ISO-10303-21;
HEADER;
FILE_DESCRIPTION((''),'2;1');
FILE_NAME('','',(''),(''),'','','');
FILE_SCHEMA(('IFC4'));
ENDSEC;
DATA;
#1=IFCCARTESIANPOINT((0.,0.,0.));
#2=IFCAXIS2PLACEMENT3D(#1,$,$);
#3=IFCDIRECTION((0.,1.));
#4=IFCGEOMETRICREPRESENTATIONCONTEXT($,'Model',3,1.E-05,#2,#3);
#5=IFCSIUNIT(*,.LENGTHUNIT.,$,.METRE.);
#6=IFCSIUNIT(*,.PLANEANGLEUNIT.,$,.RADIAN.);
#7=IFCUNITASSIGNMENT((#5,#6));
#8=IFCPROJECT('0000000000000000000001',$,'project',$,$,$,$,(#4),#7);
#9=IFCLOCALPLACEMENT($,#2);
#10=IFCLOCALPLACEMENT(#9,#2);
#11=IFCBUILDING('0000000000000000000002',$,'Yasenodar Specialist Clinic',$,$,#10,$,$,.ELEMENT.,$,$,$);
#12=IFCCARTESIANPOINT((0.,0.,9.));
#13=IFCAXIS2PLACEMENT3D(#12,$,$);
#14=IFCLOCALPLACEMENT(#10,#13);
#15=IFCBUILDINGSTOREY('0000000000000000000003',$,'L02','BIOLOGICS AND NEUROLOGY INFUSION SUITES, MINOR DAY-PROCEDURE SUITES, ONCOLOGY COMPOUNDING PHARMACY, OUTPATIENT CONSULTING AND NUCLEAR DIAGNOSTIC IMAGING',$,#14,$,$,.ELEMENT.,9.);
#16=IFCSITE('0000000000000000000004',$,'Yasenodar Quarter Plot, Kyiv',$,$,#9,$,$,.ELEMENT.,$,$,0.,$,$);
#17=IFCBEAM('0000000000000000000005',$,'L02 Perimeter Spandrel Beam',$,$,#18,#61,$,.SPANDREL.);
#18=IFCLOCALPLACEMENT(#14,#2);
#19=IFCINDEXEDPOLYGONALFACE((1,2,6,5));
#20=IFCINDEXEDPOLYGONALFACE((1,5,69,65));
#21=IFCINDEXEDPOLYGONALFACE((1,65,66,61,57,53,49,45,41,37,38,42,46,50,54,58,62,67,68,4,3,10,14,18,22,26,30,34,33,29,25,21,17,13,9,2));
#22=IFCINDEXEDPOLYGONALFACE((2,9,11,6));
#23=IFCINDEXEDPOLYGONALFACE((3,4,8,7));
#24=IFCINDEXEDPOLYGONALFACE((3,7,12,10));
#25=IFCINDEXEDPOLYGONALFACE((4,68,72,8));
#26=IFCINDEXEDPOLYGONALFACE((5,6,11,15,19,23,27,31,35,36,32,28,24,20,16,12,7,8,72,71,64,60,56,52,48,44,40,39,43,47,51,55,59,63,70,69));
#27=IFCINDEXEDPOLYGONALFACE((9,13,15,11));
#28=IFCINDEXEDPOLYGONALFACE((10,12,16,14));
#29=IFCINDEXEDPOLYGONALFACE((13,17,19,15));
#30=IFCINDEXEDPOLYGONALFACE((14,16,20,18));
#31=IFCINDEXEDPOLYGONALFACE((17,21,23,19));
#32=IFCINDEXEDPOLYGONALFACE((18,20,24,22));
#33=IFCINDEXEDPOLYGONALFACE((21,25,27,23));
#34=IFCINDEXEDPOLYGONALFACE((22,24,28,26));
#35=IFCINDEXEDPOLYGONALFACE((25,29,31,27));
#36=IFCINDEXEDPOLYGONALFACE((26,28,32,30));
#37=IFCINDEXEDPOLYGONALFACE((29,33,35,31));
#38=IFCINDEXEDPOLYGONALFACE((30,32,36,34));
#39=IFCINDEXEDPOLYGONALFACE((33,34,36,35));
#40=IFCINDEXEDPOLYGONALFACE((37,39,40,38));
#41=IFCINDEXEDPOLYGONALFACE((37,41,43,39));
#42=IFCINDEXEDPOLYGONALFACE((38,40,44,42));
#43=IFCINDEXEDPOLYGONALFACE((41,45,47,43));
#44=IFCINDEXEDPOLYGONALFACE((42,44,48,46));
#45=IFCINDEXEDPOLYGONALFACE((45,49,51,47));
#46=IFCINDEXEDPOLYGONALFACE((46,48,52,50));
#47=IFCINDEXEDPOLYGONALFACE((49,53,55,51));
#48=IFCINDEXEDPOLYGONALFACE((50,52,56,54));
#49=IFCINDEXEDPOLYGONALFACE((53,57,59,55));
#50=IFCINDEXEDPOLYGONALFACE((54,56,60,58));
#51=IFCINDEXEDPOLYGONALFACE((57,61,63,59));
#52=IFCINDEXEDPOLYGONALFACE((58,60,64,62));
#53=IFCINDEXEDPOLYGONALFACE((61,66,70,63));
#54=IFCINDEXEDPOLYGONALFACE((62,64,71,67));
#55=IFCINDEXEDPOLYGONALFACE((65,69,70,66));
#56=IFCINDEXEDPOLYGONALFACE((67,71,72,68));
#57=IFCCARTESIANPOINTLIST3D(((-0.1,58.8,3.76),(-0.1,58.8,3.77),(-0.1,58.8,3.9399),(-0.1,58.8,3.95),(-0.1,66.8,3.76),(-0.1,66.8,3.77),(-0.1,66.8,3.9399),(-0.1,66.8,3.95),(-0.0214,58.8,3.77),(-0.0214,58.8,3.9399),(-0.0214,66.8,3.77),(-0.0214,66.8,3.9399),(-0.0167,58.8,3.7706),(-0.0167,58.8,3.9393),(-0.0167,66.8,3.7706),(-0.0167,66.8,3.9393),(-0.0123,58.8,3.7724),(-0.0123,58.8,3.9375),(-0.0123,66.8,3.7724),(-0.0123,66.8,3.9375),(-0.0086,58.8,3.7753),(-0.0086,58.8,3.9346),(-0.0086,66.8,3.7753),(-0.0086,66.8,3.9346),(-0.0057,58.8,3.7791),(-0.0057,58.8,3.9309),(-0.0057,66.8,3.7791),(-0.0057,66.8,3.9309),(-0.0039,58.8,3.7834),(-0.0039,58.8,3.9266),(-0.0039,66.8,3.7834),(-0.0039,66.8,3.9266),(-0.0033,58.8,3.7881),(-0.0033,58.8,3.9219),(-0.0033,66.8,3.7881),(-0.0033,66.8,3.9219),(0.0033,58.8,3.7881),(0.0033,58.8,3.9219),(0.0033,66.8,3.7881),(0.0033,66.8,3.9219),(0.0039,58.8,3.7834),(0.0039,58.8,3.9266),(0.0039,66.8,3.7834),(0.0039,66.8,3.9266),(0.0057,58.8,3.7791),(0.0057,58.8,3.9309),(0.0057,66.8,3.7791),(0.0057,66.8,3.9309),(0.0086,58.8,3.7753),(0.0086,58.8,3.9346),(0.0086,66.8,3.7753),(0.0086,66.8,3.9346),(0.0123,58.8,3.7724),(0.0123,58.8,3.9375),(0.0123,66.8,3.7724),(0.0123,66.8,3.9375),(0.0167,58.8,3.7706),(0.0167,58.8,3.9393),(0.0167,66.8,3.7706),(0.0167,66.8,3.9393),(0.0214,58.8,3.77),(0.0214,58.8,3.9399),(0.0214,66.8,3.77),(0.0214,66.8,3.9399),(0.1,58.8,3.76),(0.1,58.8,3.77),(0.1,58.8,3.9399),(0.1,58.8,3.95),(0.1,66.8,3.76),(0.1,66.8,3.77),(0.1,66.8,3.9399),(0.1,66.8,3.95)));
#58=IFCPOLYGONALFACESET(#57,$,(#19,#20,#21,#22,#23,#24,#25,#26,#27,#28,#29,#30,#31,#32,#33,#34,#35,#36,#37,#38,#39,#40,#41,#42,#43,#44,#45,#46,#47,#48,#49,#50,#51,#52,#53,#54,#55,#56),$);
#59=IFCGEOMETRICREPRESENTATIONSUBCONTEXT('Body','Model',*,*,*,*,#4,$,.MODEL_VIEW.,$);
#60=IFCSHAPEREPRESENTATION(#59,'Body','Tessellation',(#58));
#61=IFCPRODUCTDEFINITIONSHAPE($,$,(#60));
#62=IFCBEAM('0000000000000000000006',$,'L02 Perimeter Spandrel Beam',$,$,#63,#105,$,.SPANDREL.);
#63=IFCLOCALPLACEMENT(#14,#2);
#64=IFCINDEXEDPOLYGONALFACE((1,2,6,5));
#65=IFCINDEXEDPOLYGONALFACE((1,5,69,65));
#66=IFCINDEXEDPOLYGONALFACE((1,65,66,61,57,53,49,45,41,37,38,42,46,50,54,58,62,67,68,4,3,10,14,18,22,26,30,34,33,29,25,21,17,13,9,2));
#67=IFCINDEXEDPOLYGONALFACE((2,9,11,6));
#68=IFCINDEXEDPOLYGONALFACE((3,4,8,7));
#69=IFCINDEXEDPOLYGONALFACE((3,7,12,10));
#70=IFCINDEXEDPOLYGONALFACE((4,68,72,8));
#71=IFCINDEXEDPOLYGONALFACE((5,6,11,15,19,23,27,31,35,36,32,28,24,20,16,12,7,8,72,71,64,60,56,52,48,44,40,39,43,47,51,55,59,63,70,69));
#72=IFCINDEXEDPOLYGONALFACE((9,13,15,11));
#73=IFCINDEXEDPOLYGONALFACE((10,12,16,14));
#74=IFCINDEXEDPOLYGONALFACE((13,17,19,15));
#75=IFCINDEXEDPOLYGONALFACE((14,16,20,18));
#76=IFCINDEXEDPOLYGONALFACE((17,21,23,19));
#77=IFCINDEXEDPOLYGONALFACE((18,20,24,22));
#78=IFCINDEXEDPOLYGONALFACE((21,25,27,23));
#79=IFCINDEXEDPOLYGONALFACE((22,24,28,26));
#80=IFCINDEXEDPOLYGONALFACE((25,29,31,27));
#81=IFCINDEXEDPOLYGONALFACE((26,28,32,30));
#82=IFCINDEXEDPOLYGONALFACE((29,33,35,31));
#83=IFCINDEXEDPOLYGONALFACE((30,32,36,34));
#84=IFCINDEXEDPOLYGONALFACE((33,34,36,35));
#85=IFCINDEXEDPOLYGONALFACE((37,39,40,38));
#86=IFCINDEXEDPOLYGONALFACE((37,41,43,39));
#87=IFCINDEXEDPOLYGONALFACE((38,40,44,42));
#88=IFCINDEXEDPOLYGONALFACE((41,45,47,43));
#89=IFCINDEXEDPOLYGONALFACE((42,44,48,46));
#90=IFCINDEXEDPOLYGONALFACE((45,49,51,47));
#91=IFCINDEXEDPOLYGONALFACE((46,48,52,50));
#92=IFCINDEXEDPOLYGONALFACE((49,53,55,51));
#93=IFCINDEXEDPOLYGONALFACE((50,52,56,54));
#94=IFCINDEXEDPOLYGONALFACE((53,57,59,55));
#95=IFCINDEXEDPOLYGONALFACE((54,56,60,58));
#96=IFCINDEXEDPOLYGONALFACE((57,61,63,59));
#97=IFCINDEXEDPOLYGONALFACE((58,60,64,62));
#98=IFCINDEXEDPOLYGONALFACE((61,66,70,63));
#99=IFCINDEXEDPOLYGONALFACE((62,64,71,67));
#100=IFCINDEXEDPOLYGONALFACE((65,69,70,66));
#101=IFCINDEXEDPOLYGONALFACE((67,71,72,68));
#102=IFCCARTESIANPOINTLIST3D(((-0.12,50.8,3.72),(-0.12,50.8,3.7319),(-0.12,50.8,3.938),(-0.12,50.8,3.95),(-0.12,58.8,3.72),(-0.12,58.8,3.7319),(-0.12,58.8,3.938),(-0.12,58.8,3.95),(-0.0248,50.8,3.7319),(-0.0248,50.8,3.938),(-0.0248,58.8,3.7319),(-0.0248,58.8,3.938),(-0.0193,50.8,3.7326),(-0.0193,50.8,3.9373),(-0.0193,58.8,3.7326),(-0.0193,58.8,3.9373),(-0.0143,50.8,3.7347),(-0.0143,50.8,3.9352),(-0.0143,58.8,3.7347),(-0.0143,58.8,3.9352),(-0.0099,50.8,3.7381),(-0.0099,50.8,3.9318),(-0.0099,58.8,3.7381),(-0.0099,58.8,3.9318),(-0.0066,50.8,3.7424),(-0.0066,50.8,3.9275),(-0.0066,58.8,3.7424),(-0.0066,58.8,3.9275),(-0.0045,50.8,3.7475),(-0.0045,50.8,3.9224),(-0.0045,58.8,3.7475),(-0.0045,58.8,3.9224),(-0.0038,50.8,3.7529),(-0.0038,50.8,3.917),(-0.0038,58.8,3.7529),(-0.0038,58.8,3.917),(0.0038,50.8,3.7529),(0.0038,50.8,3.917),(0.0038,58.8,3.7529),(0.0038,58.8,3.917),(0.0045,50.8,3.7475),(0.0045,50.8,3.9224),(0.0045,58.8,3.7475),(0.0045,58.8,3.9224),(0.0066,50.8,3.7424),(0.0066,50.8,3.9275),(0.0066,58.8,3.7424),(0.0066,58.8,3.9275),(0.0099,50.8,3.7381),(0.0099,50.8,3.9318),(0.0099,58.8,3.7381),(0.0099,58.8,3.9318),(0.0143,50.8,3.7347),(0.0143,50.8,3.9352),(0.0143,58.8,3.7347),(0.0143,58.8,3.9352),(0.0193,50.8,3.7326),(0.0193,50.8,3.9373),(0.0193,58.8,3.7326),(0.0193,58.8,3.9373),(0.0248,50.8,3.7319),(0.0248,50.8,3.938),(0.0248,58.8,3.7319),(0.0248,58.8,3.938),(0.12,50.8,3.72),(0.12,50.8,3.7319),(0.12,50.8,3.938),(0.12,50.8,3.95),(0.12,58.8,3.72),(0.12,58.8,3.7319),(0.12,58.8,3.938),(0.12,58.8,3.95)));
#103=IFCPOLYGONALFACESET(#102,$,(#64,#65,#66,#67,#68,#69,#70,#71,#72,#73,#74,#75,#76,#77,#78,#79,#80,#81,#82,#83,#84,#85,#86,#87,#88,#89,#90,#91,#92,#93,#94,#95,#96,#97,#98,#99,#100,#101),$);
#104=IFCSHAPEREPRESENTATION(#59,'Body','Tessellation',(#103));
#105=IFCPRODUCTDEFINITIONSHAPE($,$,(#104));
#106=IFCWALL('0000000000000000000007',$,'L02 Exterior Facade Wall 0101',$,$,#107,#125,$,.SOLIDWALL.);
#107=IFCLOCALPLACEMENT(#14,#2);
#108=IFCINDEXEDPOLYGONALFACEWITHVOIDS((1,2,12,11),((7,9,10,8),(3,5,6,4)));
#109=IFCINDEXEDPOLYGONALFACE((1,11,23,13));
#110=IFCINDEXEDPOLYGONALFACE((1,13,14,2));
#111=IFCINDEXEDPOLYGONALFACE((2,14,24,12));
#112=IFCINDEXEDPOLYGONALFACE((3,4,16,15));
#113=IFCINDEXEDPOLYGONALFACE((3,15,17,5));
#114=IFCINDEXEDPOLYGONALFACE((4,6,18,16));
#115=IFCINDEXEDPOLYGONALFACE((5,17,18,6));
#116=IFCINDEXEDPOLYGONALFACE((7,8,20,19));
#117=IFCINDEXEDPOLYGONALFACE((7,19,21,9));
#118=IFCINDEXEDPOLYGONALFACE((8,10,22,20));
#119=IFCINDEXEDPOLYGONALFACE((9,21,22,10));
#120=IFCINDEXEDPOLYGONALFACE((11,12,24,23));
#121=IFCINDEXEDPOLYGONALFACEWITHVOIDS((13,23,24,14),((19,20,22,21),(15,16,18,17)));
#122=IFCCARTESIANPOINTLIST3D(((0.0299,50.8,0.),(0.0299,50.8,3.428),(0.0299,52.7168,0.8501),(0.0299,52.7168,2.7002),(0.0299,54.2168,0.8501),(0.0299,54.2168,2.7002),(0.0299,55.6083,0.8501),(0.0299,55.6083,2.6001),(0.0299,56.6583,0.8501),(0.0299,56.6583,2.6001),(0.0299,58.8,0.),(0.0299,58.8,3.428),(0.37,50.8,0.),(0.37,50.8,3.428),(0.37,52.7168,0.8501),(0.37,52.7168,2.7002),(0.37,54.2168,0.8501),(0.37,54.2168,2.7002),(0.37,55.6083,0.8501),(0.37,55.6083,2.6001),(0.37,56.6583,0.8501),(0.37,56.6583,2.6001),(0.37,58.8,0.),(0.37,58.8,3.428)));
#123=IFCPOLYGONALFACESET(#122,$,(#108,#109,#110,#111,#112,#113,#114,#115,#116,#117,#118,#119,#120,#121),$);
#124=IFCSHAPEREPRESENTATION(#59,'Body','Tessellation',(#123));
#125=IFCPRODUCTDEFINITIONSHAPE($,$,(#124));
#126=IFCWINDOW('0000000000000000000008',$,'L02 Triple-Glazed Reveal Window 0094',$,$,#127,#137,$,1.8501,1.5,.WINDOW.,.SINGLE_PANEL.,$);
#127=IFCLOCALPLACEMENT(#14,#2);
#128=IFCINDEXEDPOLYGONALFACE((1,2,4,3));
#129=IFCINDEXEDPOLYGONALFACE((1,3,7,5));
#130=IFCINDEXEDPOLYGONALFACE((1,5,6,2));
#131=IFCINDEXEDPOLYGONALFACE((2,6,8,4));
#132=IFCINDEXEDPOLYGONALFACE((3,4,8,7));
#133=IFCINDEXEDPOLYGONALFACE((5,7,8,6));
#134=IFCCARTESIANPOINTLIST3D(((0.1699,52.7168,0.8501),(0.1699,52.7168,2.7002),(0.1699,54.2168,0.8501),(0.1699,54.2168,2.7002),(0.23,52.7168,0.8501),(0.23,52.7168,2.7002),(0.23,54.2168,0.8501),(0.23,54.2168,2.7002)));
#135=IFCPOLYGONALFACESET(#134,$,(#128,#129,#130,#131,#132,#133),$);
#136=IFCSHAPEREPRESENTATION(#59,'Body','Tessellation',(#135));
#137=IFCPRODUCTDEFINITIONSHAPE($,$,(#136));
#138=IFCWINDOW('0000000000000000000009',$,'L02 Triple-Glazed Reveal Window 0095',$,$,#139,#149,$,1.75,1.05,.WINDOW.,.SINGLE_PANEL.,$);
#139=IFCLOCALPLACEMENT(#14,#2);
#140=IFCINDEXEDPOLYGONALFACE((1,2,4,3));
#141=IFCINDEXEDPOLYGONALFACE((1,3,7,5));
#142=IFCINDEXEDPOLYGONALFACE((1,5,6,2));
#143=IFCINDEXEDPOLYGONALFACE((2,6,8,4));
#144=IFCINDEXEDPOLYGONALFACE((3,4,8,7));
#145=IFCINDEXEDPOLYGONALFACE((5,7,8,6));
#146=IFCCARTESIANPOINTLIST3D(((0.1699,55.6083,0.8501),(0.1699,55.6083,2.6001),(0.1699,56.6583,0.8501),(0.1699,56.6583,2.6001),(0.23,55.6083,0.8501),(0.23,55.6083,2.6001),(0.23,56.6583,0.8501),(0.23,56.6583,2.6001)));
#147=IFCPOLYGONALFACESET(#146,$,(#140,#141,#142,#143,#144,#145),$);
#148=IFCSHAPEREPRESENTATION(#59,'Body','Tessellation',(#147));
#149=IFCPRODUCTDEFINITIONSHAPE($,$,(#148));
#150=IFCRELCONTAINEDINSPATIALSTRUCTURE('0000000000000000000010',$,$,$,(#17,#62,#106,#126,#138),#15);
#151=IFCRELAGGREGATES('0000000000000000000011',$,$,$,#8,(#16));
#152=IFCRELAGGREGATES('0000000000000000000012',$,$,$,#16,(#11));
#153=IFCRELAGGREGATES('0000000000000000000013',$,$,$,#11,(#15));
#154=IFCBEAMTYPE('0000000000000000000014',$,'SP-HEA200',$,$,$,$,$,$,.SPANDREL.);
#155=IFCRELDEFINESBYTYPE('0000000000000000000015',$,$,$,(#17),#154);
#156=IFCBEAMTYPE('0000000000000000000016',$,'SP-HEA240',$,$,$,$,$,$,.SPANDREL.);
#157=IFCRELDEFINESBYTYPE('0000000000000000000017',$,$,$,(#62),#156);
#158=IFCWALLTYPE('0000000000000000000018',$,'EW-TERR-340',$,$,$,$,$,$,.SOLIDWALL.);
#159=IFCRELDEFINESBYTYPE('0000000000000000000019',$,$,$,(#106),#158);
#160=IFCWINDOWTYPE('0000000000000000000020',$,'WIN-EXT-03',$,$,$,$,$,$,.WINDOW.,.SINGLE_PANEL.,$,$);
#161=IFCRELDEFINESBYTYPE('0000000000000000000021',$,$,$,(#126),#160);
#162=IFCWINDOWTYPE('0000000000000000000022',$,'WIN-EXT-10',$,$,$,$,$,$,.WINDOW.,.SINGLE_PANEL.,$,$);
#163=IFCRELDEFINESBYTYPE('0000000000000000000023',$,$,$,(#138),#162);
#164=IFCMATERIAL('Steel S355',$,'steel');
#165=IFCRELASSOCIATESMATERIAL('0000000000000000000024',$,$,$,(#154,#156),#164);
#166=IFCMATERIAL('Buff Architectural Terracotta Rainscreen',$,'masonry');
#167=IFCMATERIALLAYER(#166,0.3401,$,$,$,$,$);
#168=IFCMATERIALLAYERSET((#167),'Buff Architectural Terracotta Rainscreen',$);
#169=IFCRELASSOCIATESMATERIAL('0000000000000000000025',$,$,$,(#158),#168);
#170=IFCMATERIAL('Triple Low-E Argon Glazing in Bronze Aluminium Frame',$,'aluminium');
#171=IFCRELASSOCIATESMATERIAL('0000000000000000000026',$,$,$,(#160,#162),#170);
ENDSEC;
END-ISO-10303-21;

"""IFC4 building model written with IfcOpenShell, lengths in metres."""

from ifc_helpers import new_model, si_unit, direction, frame, frame_2d, origin, origin_2d, place, context, subcontext, project, spatial, rectangle, i_section, extrude, material, layer, layer_set, material_profile, profile_set, type_object, element, fill, save


model = new_model("IFC4")

# Units and contexts
model_context = context("Model", 3, precision=1e-05, world=origin(), true_north=direction((0.0, 1.0)))
body_context = subcontext(model_context, "Body", "Model", "MODEL_VIEW")
ifc_project = project(units=[si_unit("LENGTHUNIT", "METRE"), si_unit("PLANEANGLEUNIT", "RADIAN")], contexts=[model_context])

# Site, building, storey
site_placement = place(None, origin())
site = spatial("IfcSite", under=ifc_project, at=site_placement, Name="Yasenodar Quarter Plot, Kyiv", CompositionType="ELEMENT", RefElevation=0.0)
building_placement = place(site_placement, origin())
building = spatial("IfcBuilding", under=site, at=building_placement, Name="Yasenodar Specialist Clinic", CompositionType="ELEMENT")
storey_placement = place(building_placement, frame((0.0, 0.0, 9.0)))
storey = spatial("IfcBuildingStorey", under=building, at=storey_placement, Name="L02", Description="BIOLOGICS AND NEUROLOGY INFUSION SUITES, MINOR DAY-PROCEDURE SUITES, ONCOLOGY COMPOUNDING PHARMACY, OUTPATIENT CONSULTING AND NUCLEAR DIAGNOSTIC IMAGING", CompositionType="ELEMENT", Elevation=9.0)

# Shared definitions
ifc_material_1 = material(Name="Steel S355", Category="steel")

# Beams
ifc_material_profile_1 = material_profile(ifc_material_1, i_section(OverallWidth=0.2, OverallDepth=0.1899, WebThickness=0.0066, FlangeThickness=0.01, FilletRadius=0.0181, at=origin_2d()), Name="HEA 200")
ifc_profile_set_1 = profile_set([ifc_material_profile_1], Name="Steel S355")
beam_type_1 = type_object("IfcBeamType", Name="SP-HEA200", PredefinedType="SPANDREL", material=ifc_profile_set_1)
beam_1_placement = place(storey_placement, frame((0.0, 58.8, 3.855), z_axis=(0.0, 1.0, 0.0), x_axis=(-1.0, 0.0, 0.0)))
element("IfcBeam", 1, at=beam_1_placement, inside=storey, type_object=beam_type_1, Name="L02 Perimeter Spandrel Beam", PredefinedType="SPANDREL", context=body_context, shape_type="SweptSolid", body=[
    extrude(i_section(OverallWidth=0.2, OverallDepth=0.1899, WebThickness=0.0066, FlangeThickness=0.01, FilletRadius=0.0181, at=origin_2d()), origin(), (0.0, 0.0, 1.0), 8.0),
])
ifc_material_profile_2 = material_profile(ifc_material_1, i_section(OverallWidth=0.24, OverallDepth=0.23, WebThickness=0.0076, FlangeThickness=0.012, FilletRadius=0.021, at=origin_2d()), Name="HEA 240")
ifc_profile_set_2 = profile_set([ifc_material_profile_2], Name="Steel S355")
beam_type_2 = type_object("IfcBeamType", Name="SP-HEA240", PredefinedType="SPANDREL", material=ifc_profile_set_2)
beam_2_placement = place(storey_placement, frame((0.0, 50.8, 3.835), z_axis=(0.0, 1.0, 0.0), x_axis=(-1.0, 0.0, 0.0)))
element("IfcBeam", 2, at=beam_2_placement, inside=storey, type_object=beam_type_2, Name="L02 Perimeter Spandrel Beam", PredefinedType="SPANDREL", context=body_context, shape_type="SweptSolid", body=[
    extrude(i_section(OverallWidth=0.24, OverallDepth=0.23, WebThickness=0.0076, FlangeThickness=0.012, FilletRadius=0.021, at=origin_2d()), origin(), (0.0, 0.0, 1.0), 8.0),
])

# Wall, openings, windows
ifc_material_2 = material(Name="Buff Architectural Terracotta Rainscreen", Category="masonry")
ifc_layer = layer(ifc_material_2, 0.3401)
ifc_layer_set = layer_set([ifc_layer], Name="Buff Architectural Terracotta Rainscreen")
wall_type = type_object("IfcWallType", Name="EW-TERR-340", PredefinedType="SOLIDWALL", material=ifc_layer_set)
wall_1_placement = place(storey_placement, frame((0.2, 50.8, 0.0), z_axis=(0.0, 0.0, 1.0), x_axis=(0.0, 1.0, 0.0)))
wall_1 = element("IfcWall", 3, at=wall_1_placement, inside=storey, type_object=wall_type, Name="L02 Exterior Facade Wall 0101", PredefinedType="SOLIDWALL", context=body_context, shape_type="SweptSolid", body=[
    extrude(rectangle(XDim=8.0, YDim=0.3401, at=frame_2d((4.0, 0.0))), origin(), (0.0, 0.0, 1.0), 3.428),
])
opening_1_placement = place(wall_1_placement, frame((1.9167, 0.0, 0.8501)))
opening_1 = element("IfcOpeningElement", 4, at=opening_1_placement, cuts=wall_1, PredefinedType="OPENING", context=body_context, shape_type="SweptSolid", body=[
    extrude(rectangle(XDim=1.5, YDim=1.8501, at=frame_2d((0.75, 0.925))), frame((0.0, 0.1802, 0.0), z_axis=(0.0, -1.0, 0.0), x_axis=(1.0, 0.0, 0.0)), (0.0, 0.0, 1.0), 0.3601),
])
opening_2_placement = place(wall_1_placement, frame((4.8083, 0.0, 0.8501)))
opening_2 = element("IfcOpeningElement", 5, at=opening_2_placement, cuts=wall_1, PredefinedType="OPENING", context=body_context, shape_type="SweptSolid", body=[
    extrude(rectangle(XDim=1.05, YDim=1.75, at=frame_2d((0.5249, 0.875))), frame((0.0, 0.1802, 0.0), z_axis=(0.0, -1.0, 0.0), x_axis=(1.0, 0.0, 0.0)), (0.0, 0.0, 1.0), 0.3601),
])
ifc_material_3 = material(Name="Triple Low-E Argon Glazing in Bronze Aluminium Frame", Category="aluminium")
window_type_1 = type_object("IfcWindowType", Name="WIN-EXT-03", PartitioningType="SINGLE_PANEL", PredefinedType="WINDOW", material=ifc_material_3)
window_1_placement = place(opening_1_placement, origin())
window_1 = element("IfcWindow", 6, at=window_1_placement, inside=storey, type_object=window_type_1, Name="L02 Triple-Glazed Reveal Window 0094", OverallHeight=1.8501, OverallWidth=1.5, PartitioningType="SINGLE_PANEL", PredefinedType="WINDOW", context=body_context, shape_type="SweptSolid", body=[
    extrude(rectangle(XDim=1.5, YDim=1.8501, at=frame_2d((0.75, 0.925))), frame((0.0, 0.03, 0.0), z_axis=(0.0, -1.0, 0.0), x_axis=(1.0, 0.0, 0.0)), (0.0, 0.0, 1.0), 0.0601),
])
fill(opening_1, window_1)
window_type_2 = type_object("IfcWindowType", Name="WIN-EXT-10", PartitioningType="SINGLE_PANEL", PredefinedType="WINDOW", material=ifc_material_3)
window_2_placement = place(opening_2_placement, origin())
window_2 = element("IfcWindow", 7, at=window_2_placement, inside=storey, type_object=window_type_2, Name="L02 Triple-Glazed Reveal Window 0095", OverallHeight=1.75, OverallWidth=1.05, PartitioningType="SINGLE_PANEL", PredefinedType="WINDOW", context=body_context, shape_type="SweptSolid", body=[
    extrude(rectangle(XDim=1.05, YDim=1.75, at=frame_2d((0.5249, 0.875))), frame((0.0, 0.03, 0.0), z_axis=(0.0, -1.0, 0.0), x_axis=(1.0, 0.0, 0.0)), (0.0, 0.0, 1.0), 0.0601),
])
fill(opening_2, window_2)

save(model, "model.ifc")
